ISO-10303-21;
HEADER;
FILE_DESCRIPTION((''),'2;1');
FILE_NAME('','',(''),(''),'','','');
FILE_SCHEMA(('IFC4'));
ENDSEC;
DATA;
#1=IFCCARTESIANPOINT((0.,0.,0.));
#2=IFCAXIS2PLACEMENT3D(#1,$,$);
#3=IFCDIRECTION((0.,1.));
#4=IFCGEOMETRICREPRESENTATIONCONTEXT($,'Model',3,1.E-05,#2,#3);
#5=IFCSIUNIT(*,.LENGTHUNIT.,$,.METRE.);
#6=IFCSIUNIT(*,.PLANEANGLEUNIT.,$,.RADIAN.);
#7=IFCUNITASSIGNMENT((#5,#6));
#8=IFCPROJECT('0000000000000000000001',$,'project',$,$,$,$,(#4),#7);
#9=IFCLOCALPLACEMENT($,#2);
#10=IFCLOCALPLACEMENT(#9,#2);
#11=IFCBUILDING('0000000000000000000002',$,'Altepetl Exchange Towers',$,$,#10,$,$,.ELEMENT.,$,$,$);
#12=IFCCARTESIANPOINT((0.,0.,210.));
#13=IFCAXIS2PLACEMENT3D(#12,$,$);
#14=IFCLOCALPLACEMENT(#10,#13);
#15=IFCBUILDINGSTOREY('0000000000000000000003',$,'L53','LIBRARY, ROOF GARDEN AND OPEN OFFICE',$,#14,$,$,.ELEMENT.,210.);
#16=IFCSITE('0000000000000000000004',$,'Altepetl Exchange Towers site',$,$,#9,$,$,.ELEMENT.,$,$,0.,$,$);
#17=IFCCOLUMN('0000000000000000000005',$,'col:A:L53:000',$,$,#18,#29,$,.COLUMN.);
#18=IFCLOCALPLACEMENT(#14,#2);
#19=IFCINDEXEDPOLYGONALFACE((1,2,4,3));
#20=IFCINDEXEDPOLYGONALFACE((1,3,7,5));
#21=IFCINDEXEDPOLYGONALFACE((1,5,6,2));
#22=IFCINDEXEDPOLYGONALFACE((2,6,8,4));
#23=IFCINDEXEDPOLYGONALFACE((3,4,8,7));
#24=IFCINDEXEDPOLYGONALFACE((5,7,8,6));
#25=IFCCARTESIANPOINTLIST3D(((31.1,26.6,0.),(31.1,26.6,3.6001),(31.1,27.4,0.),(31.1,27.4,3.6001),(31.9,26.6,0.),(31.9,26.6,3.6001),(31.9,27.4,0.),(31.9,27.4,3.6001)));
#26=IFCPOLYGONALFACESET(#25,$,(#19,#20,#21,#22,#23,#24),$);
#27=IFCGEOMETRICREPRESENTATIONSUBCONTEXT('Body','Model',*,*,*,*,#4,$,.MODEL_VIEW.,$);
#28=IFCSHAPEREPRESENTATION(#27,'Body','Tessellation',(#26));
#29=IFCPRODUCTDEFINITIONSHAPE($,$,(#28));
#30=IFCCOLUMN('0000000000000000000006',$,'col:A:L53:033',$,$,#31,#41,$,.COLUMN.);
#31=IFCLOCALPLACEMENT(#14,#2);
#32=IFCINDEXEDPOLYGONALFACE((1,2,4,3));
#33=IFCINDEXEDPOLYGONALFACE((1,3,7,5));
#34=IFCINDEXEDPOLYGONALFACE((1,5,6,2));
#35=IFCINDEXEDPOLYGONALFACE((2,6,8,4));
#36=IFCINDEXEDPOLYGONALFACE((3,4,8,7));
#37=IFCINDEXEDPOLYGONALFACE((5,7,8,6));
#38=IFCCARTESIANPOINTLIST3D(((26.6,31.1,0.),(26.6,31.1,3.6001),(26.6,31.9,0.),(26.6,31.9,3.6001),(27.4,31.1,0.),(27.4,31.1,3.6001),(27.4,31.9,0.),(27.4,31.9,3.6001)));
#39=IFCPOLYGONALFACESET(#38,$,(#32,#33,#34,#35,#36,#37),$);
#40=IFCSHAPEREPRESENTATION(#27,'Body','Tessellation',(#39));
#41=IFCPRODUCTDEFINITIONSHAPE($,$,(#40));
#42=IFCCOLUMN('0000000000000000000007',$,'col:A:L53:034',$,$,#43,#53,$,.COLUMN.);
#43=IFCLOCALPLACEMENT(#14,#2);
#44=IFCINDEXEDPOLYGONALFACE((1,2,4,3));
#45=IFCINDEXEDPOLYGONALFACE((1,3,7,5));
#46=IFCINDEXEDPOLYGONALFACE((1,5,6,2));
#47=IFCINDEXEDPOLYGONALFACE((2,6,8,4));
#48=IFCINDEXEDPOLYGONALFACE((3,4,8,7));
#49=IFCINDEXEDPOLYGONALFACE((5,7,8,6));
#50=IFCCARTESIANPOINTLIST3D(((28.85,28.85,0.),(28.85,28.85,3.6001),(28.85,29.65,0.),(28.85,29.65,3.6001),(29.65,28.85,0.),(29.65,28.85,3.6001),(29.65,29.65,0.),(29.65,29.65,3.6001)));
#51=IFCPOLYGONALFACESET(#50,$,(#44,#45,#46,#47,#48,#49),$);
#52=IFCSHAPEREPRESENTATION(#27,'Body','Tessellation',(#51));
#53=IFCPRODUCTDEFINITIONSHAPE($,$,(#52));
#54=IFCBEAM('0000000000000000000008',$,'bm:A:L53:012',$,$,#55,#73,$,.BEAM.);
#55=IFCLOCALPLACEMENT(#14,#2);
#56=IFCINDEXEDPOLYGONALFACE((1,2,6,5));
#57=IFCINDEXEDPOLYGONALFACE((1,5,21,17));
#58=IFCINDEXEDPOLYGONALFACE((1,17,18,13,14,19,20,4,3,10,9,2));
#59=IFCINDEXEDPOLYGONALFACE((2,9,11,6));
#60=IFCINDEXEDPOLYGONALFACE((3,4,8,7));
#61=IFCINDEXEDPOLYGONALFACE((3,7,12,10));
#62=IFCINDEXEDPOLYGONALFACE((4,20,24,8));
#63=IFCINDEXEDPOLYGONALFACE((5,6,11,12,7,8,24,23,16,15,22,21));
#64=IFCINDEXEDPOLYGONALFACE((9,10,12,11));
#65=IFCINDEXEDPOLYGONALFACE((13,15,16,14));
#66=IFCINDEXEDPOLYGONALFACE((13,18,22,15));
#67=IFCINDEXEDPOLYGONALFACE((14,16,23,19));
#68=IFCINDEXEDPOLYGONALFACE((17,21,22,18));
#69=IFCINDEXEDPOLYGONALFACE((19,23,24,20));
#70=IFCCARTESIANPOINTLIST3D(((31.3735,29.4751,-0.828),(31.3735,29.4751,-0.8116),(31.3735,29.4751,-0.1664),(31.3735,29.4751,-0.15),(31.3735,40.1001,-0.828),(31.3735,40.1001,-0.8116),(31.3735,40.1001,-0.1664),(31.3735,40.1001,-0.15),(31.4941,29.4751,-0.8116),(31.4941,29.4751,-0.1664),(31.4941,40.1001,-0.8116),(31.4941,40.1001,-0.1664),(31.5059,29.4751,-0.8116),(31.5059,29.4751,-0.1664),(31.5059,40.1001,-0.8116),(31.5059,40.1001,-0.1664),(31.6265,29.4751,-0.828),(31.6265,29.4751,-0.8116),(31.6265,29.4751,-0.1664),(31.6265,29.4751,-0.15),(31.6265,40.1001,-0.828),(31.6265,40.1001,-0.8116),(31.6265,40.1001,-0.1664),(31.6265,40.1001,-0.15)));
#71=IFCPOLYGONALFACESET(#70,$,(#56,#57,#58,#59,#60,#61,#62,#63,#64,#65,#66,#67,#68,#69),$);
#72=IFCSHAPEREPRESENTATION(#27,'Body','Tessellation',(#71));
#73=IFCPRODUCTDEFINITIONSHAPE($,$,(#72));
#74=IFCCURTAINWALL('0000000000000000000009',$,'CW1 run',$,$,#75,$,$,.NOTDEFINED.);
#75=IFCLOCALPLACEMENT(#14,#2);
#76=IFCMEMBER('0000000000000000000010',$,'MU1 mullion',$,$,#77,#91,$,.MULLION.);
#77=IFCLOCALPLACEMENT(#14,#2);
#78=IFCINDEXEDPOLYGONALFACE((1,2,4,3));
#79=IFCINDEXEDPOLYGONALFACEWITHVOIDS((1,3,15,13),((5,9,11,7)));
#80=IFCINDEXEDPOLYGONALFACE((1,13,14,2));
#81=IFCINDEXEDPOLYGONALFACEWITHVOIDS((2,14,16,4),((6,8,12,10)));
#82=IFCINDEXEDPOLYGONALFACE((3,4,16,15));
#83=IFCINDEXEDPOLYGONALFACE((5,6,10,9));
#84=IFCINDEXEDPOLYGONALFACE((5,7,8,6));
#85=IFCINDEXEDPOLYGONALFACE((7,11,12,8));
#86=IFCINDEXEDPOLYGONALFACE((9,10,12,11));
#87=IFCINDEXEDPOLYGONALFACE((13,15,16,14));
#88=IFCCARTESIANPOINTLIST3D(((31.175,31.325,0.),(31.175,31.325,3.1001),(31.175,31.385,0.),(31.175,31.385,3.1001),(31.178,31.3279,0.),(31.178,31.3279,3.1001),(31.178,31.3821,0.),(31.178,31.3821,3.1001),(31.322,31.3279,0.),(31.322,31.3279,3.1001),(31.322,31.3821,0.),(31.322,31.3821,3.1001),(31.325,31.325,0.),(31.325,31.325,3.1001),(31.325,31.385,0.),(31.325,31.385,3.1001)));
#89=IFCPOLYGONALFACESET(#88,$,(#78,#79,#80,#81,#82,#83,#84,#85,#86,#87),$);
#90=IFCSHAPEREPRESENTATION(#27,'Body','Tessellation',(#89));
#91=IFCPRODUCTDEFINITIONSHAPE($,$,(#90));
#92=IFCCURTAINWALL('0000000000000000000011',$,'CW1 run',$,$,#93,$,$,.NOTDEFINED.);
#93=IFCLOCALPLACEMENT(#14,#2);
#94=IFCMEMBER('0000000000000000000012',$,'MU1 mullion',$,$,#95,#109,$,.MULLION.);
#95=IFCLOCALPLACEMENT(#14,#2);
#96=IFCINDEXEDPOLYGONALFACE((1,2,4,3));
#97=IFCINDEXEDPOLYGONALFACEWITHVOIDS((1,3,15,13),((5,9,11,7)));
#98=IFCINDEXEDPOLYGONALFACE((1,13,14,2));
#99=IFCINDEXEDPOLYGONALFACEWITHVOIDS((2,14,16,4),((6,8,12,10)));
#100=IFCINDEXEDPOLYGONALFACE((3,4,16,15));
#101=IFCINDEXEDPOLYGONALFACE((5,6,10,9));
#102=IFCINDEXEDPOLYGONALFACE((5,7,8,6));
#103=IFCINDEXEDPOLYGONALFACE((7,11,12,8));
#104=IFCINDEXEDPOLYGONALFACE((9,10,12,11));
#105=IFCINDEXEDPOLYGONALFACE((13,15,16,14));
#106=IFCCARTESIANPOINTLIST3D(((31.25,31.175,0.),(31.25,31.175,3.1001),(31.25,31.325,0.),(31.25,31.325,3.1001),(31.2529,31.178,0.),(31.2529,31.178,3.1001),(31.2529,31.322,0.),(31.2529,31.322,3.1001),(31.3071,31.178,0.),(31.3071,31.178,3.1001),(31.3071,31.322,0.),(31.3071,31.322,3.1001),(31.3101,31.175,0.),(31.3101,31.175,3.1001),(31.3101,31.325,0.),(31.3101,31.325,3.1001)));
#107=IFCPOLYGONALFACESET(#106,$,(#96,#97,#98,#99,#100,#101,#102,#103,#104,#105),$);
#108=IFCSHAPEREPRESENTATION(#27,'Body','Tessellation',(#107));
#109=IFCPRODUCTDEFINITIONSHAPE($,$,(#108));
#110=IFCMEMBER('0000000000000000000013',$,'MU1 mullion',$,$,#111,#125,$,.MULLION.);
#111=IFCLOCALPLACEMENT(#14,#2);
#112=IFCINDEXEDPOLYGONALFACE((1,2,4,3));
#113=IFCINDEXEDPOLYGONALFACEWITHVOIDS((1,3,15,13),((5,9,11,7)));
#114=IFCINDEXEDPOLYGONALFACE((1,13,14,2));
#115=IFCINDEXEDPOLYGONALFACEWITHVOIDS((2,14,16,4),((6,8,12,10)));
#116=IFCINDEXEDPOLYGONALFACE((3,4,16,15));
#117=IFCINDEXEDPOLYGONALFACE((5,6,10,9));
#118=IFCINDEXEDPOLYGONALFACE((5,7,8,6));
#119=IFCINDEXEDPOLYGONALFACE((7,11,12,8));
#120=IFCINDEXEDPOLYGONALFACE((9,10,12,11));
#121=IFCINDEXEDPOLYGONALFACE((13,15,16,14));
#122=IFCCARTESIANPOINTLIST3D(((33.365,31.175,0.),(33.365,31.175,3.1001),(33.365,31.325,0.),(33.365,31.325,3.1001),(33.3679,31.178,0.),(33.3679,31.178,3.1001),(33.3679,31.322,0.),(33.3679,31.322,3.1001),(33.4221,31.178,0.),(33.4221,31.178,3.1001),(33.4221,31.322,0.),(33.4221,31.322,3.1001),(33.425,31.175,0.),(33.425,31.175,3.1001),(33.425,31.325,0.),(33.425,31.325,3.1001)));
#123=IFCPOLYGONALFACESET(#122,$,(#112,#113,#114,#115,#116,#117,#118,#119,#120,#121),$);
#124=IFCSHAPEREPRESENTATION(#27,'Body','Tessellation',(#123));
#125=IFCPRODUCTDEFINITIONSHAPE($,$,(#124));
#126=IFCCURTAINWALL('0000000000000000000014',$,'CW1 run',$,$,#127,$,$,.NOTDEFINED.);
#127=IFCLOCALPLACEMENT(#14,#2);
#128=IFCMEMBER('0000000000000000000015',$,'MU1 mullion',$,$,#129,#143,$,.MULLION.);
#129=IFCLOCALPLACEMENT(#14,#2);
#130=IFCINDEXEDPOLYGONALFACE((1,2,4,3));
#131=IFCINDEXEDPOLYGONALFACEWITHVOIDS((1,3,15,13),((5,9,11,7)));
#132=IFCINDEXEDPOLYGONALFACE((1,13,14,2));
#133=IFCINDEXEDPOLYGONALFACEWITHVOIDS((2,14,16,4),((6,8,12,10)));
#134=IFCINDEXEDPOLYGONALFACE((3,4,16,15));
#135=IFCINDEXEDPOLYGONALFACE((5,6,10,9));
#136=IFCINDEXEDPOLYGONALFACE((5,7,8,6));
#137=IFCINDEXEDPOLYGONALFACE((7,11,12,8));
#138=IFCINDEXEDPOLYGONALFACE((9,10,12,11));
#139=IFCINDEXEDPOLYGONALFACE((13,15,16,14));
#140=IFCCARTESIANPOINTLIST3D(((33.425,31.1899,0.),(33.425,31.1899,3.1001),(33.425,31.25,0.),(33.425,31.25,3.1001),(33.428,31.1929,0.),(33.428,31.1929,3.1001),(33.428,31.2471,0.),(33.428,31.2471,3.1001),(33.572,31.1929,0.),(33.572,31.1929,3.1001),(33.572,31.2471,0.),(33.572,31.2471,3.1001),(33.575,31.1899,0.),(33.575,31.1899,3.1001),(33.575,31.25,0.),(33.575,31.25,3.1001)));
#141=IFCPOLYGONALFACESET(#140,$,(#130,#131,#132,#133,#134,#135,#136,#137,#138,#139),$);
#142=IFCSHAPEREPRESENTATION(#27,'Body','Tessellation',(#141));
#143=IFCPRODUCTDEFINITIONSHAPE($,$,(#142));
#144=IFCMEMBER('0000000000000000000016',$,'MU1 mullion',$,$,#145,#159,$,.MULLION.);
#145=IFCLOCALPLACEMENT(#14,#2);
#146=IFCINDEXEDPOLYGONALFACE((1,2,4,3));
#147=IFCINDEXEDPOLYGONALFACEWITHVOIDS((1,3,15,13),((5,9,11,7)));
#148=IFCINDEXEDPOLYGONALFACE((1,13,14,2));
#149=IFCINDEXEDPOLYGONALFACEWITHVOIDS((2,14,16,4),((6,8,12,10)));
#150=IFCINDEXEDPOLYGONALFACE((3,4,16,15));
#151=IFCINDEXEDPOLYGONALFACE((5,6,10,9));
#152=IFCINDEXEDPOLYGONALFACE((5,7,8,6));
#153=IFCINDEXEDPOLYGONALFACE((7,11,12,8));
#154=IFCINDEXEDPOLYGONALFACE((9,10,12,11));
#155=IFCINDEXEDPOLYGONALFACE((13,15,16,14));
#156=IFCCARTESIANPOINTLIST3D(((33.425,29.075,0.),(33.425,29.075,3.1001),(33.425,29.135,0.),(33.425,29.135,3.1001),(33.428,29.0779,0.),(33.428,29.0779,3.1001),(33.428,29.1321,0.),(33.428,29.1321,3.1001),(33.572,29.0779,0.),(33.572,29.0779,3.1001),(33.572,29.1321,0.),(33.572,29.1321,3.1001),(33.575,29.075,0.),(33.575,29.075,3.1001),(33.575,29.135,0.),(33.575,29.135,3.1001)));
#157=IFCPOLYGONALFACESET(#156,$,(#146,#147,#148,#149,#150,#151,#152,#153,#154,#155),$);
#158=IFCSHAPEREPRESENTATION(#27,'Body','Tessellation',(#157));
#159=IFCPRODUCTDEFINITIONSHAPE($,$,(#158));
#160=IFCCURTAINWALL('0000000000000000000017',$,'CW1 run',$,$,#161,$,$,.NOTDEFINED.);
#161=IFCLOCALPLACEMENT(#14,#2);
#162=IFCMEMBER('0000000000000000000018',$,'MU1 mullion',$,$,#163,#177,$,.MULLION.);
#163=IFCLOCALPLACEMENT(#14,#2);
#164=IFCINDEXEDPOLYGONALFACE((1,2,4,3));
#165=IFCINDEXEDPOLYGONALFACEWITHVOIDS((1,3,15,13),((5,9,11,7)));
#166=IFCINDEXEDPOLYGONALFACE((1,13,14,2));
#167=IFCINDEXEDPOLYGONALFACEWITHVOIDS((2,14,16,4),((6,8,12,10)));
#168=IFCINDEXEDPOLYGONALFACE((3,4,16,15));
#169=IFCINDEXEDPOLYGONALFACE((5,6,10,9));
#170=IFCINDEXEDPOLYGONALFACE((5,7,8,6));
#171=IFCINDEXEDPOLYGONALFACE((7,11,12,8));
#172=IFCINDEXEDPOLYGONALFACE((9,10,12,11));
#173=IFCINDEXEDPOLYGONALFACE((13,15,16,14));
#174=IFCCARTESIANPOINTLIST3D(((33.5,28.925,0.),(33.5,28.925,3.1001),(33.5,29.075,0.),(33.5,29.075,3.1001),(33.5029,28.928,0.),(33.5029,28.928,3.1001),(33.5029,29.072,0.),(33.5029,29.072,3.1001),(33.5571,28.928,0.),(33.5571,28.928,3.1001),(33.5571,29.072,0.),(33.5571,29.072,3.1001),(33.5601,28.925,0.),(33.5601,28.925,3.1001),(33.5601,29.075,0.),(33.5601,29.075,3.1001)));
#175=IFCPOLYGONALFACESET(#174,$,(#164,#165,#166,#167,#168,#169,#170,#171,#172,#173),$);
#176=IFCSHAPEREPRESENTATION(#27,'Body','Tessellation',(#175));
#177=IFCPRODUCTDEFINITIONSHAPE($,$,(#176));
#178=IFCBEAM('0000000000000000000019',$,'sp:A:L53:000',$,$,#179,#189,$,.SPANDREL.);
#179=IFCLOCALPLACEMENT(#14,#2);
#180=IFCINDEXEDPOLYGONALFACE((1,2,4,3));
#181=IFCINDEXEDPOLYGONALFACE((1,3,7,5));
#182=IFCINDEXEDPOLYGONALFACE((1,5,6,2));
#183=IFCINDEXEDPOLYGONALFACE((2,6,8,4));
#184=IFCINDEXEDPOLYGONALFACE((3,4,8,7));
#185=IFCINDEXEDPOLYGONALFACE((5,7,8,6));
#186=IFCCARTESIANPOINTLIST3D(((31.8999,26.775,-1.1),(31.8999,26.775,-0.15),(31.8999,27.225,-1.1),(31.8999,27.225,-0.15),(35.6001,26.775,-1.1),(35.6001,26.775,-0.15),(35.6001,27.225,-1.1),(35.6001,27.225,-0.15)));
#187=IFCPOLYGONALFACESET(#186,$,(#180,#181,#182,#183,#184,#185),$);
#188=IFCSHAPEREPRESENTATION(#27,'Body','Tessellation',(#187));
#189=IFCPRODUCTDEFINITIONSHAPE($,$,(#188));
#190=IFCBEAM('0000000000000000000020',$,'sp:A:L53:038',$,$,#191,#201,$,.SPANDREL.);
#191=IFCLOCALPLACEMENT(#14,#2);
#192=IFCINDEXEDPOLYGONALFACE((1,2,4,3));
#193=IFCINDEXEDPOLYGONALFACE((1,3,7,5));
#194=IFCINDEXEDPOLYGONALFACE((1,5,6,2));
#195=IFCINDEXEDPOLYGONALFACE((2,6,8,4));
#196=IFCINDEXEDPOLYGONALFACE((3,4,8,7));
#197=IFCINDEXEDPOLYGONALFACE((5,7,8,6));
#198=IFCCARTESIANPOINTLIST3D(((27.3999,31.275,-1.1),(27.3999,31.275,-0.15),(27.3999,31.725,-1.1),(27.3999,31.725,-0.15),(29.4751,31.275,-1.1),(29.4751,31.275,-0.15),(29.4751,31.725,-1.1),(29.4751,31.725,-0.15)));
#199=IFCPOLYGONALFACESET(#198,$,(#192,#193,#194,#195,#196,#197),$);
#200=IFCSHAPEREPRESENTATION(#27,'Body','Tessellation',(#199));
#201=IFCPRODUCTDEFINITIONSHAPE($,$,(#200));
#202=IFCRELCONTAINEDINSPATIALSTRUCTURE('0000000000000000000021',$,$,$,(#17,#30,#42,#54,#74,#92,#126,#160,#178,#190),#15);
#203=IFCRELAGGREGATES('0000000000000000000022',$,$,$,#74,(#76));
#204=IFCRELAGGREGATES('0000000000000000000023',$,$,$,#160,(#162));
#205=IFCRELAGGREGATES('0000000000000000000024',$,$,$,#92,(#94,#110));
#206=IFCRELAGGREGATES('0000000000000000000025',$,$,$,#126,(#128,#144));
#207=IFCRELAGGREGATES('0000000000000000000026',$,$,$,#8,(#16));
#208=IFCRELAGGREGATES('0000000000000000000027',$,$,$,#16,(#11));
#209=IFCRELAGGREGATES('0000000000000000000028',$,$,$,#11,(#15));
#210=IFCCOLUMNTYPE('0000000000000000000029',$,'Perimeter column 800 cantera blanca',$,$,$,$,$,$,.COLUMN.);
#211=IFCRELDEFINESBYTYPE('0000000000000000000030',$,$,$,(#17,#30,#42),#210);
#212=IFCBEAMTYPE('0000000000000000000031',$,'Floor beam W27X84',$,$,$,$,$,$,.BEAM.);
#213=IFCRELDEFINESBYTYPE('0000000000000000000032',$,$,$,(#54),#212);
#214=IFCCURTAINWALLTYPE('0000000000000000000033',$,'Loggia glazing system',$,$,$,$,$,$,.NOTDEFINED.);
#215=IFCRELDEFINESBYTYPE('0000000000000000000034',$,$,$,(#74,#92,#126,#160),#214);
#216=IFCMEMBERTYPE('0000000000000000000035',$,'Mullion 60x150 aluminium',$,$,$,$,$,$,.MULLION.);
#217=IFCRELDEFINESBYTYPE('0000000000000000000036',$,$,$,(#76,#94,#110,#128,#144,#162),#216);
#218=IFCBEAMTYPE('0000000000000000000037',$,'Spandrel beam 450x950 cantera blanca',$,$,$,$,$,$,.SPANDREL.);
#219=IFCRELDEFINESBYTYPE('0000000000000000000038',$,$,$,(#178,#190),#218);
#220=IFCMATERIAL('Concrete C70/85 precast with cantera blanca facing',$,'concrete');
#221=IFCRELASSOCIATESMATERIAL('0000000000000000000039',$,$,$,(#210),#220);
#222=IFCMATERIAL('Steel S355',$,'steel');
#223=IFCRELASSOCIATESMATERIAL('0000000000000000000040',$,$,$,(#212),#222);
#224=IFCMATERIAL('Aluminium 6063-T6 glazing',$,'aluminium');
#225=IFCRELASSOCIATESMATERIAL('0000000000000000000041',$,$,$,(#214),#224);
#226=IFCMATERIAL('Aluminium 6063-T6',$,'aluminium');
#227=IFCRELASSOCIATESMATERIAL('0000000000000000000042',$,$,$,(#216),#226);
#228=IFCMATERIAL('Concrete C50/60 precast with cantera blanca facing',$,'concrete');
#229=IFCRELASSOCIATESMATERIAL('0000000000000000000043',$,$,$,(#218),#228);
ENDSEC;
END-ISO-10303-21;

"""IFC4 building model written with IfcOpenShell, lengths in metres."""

from ifc_helpers import new_model, si_unit, direction, frame, origin, origin_2d, place, context, subcontext, project, spatial, rectangle, hollow_rectangle, i_section, extrude, material, material_profile, profile_set, type_object, element, aggregate, save


model = new_model("IFC4")

# Units and contexts
model_context = context("Model", 3, precision=1e-05, world=origin(), true_north=direction((0.0, 1.0)))
body_context = subcontext(model_context, "Body", "Model", "MODEL_VIEW")
ifc_project = project(units=[si_unit("LENGTHUNIT", "METRE"), si_unit("PLANEANGLEUNIT", "RADIAN")], contexts=[model_context])

# Site, building, storey
site_placement = place(None, origin())
site = spatial("IfcSite", under=ifc_project, at=site_placement, Name="Altepetl Exchange Towers site", CompositionType="ELEMENT", RefElevation=0.0)
building_placement = place(site_placement, origin())
building = spatial("IfcBuilding", under=site, at=building_placement, Name="Altepetl Exchange Towers", CompositionType="ELEMENT")
storey_placement = place(building_placement, frame((0.0, 0.0, 210.0)))
storey = spatial("IfcBuildingStorey", under=building, at=storey_placement, Name="L53", Description="LIBRARY, ROOF GARDEN AND OPEN OFFICE", CompositionType="ELEMENT", Elevation=210.0)

# Columns
ifc_material_1 = material(Name="Concrete C70/85 precast with cantera blanca facing", Category="concrete")
ifc_material_profile_1 = material_profile(ifc_material_1, rectangle(XDim=0.8, YDim=0.8, at=origin_2d()), Name="800 x 800")
ifc_profile_set_1 = profile_set([ifc_material_profile_1], Name="Concrete C70/85 precast with cantera blanca facing")
column_type = type_object("IfcColumnType", Name="Perimeter column 800 cantera blanca", PredefinedType="COLUMN", material=ifc_profile_set_1)
for number, where, name in (
    (1, (31.5, 27.0, 0.0), "col:A:L53:000"),
    (2, (27.0, 31.5, 0.0), "col:A:L53:033"),
    (3, (29.25, 29.25, 0.0), "col:A:L53:034"),
):
    element("IfcColumn", number, at=place(storey_placement, frame(where)), inside=storey, type_object=column_type, Name=name, PredefinedType="COLUMN", context=body_context, shape_type="SweptSolid", body=[
        extrude(rectangle(XDim=0.8, YDim=0.8, at=origin_2d()), origin(), (0.0, 0.0, 1.0), 3.6001),
    ])

# Beam
ifc_material_2 = material(Name="Steel S355", Category="steel")
ifc_material_profile_2 = material_profile(ifc_material_2, i_section(OverallWidth=0.2529, OverallDepth=0.678, WebThickness=0.0117, FlangeThickness=0.0164, at=origin_2d()), Name="W27X84")
ifc_profile_set_2 = profile_set([ifc_material_profile_2], Name="Steel S355")
beam_type_1 = type_object("IfcBeamType", Name="Floor beam W27X84", PredefinedType="BEAM", material=ifc_profile_set_2)
beam_1_placement = place(storey_placement, frame((31.5, 29.4751, -0.489), z_axis=(0.0, 1.0, 0.0), x_axis=(-1.0, 0.0, 0.0)))
element("IfcBeam", 4, at=beam_1_placement, inside=storey, type_object=beam_type_1, Name="bm:A:L53:012", PredefinedType="BEAM", context=body_context, shape_type="SweptSolid", body=[
    extrude(i_section(OverallWidth=0.2529, OverallDepth=0.678, WebThickness=0.0117, FlangeThickness=0.0164, at=origin_2d()), origin(), (0.0, 0.0, 1.0), 10.625),
])

# Curtain wall, member
ifc_material_3 = material(Name="Aluminium 6063-T6 glazing", Category="aluminium")
curtain_wall_type = type_object("IfcCurtainWallType", Name="Loggia glazing system", PredefinedType="NOTDEFINED", material=ifc_material_3)
curtain_wall_1_placement = place(storey_placement, origin())
curtain_wall_1 = element("IfcCurtainWall", 5, at=curtain_wall_1_placement, inside=storey, type_object=curtain_wall_type, Name="CW1 run", PredefinedType="NOTDEFINED")
ifc_material_4 = material(Name="Aluminium 6063-T6", Category="aluminium")
ifc_material_profile_3 = material_profile(ifc_material_4, hollow_rectangle(XDim=0.0601, YDim=0.1499, WallThickness=0.0029, at=origin_2d()), Name="Mullion 60x150 aluminium")
ifc_profile_set_3 = profile_set([ifc_material_profile_3], Name="Aluminium 6063-T6")
member_type = type_object("IfcMemberType", Name="Mullion 60x150 aluminium", PredefinedType="MULLION", material=ifc_profile_set_3)
member_1_placement = place(storey_placement, frame((31.25, 31.355, 0.0), z_axis=(0.0, 0.0, 1.0), x_axis=(0.0, -1.0, 0.0)))
member_1 = element("IfcMember", 6, at=member_1_placement, type_object=member_type, Name="MU1 mullion", PredefinedType="MULLION", context=body_context, shape_type="SweptSolid", body=[
    extrude(hollow_rectangle(XDim=0.0601, YDim=0.1499, WallThickness=0.0029, at=origin_2d()), origin(), (0.0, 0.0, 1.0), 3.1001),
])
aggregate(curtain_wall_1, [member_1])

# Curtain walls, members
curtain_wall_2_placement = place(storey_placement, origin())
curtain_wall_2 = element("IfcCurtainWall", 7, at=curtain_wall_2_placement, inside=storey, type_object=curtain_wall_type, Name="CW1 run", PredefinedType="NOTDEFINED")
member_2_placement = place(storey_placement, frame((31.28, 31.25, 0.0)))
member_2 = element("IfcMember", 8, at=member_2_placement, type_object=member_type, Name="MU1 mullion", PredefinedType="MULLION", context=body_context, shape_type="SweptSolid", body=[
    extrude(hollow_rectangle(XDim=0.0601, YDim=0.1499, WallThickness=0.0029, at=origin_2d()), origin(), (0.0, 0.0, 1.0), 3.1001),
])
member_3_placement = place(storey_placement, frame((33.395, 31.25, 0.0)))
member_3 = element("IfcMember", 9, at=member_3_placement, type_object=member_type, Name="MU1 mullion", PredefinedType="MULLION", context=body_context, shape_type="SweptSolid", body=[
    extrude(hollow_rectangle(XDim=0.0601, YDim=0.1499, WallThickness=0.0029, at=origin_2d()), origin(), (0.0, 0.0, 1.0), 3.1001),
])
curtain_wall_3_placement = place(storey_placement, origin())
curtain_wall_3 = element("IfcCurtainWall", 10, at=curtain_wall_3_placement, inside=storey, type_object=curtain_wall_type, Name="CW1 run", PredefinedType="NOTDEFINED")
member_4_placement = place(storey_placement, frame((33.5, 31.22, 0.0), z_axis=(0.0, 0.0, 1.0), x_axis=(0.0, -1.0, 0.0)))
member_4 = element("IfcMember", 11, at=member_4_placement, type_object=member_type, Name="MU1 mullion", PredefinedType="MULLION", context=body_context, shape_type="SweptSolid", body=[
    extrude(hollow_rectangle(XDim=0.0601, YDim=0.1499, WallThickness=0.0029, at=origin_2d()), origin(), (0.0, 0.0, 1.0), 3.1001),
])
member_5_placement = place(storey_placement, frame((33.5, 29.105, 0.0), z_axis=(0.0, 0.0, 1.0), x_axis=(0.0, -1.0, 0.0)))
member_5 = element("IfcMember", 12, at=member_5_placement, type_object=member_type, Name="MU1 mullion", PredefinedType="MULLION", context=body_context, shape_type="SweptSolid", body=[
    extrude(hollow_rectangle(XDim=0.0601, YDim=0.1499, WallThickness=0.0029, at=origin_2d()), origin(), (0.0, 0.0, 1.0), 3.1001),
])

# Curtain wall, member
curtain_wall_4_placement = place(storey_placement, origin())
curtain_wall_4 = element("IfcCurtainWall", 13, at=curtain_wall_4_placement, inside=storey, type_object=curtain_wall_type, Name="CW1 run", PredefinedType="NOTDEFINED")
member_6_placement = place(storey_placement, frame((33.53, 29.0, 0.0)))
member_6 = element("IfcMember", 14, at=member_6_placement, type_object=member_type, Name="MU1 mullion", PredefinedType="MULLION", context=body_context, shape_type="SweptSolid", body=[
    extrude(hollow_rectangle(XDim=0.0601, YDim=0.1499, WallThickness=0.0029, at=origin_2d()), origin(), (0.0, 0.0, 1.0), 3.1001),
])
aggregate(curtain_wall_4, [member_6])

# Beams
ifc_material_5 = material(Name="Concrete C50/60 precast with cantera blanca facing", Category="concrete")
ifc_material_profile_4 = material_profile(ifc_material_5, rectangle(XDim=0.45, YDim=0.95, at=origin_2d()), Name="450 x 950")
ifc_profile_set_4 = profile_set([ifc_material_profile_4], Name="Concrete C50/60 precast with cantera blanca facing")
beam_type_2 = type_object("IfcBeamType", Name="Spandrel beam 450x950 cantera blanca", PredefinedType="SPANDREL", material=ifc_profile_set_4)
beam_2_placement = place(storey_placement, frame((31.8999, 27.0, -0.625), z_axis=(1.0, 0.0, 0.0), x_axis=(0.0, 1.0, 0.0)))
element("IfcBeam", 15, at=beam_2_placement, inside=storey, type_object=beam_type_2, Name="sp:A:L53:000", PredefinedType="SPANDREL", context=body_context, shape_type="SweptSolid", body=[
    extrude(rectangle(XDim=0.45, YDim=0.95, at=origin_2d()), origin(), (0.0, 0.0, 1.0), 3.7002),
])
beam_3_placement = place(storey_placement, frame((27.3999, 31.5, -0.625), z_axis=(1.0, 0.0, 0.0), x_axis=(0.0, 1.0, 0.0)))
element("IfcBeam", 16, at=beam_3_placement, inside=storey, type_object=beam_type_2, Name="sp:A:L53:038", PredefinedType="SPANDREL", context=body_context, shape_type="SweptSolid", body=[
    extrude(rectangle(XDim=0.45, YDim=0.95, at=origin_2d()), origin(), (0.0, 0.0, 1.0), 2.0752),
])

aggregate(curtain_wall_2, [member_2, member_3])
aggregate(curtain_wall_3, [member_4, member_5])

save(model, "model.ifc")
